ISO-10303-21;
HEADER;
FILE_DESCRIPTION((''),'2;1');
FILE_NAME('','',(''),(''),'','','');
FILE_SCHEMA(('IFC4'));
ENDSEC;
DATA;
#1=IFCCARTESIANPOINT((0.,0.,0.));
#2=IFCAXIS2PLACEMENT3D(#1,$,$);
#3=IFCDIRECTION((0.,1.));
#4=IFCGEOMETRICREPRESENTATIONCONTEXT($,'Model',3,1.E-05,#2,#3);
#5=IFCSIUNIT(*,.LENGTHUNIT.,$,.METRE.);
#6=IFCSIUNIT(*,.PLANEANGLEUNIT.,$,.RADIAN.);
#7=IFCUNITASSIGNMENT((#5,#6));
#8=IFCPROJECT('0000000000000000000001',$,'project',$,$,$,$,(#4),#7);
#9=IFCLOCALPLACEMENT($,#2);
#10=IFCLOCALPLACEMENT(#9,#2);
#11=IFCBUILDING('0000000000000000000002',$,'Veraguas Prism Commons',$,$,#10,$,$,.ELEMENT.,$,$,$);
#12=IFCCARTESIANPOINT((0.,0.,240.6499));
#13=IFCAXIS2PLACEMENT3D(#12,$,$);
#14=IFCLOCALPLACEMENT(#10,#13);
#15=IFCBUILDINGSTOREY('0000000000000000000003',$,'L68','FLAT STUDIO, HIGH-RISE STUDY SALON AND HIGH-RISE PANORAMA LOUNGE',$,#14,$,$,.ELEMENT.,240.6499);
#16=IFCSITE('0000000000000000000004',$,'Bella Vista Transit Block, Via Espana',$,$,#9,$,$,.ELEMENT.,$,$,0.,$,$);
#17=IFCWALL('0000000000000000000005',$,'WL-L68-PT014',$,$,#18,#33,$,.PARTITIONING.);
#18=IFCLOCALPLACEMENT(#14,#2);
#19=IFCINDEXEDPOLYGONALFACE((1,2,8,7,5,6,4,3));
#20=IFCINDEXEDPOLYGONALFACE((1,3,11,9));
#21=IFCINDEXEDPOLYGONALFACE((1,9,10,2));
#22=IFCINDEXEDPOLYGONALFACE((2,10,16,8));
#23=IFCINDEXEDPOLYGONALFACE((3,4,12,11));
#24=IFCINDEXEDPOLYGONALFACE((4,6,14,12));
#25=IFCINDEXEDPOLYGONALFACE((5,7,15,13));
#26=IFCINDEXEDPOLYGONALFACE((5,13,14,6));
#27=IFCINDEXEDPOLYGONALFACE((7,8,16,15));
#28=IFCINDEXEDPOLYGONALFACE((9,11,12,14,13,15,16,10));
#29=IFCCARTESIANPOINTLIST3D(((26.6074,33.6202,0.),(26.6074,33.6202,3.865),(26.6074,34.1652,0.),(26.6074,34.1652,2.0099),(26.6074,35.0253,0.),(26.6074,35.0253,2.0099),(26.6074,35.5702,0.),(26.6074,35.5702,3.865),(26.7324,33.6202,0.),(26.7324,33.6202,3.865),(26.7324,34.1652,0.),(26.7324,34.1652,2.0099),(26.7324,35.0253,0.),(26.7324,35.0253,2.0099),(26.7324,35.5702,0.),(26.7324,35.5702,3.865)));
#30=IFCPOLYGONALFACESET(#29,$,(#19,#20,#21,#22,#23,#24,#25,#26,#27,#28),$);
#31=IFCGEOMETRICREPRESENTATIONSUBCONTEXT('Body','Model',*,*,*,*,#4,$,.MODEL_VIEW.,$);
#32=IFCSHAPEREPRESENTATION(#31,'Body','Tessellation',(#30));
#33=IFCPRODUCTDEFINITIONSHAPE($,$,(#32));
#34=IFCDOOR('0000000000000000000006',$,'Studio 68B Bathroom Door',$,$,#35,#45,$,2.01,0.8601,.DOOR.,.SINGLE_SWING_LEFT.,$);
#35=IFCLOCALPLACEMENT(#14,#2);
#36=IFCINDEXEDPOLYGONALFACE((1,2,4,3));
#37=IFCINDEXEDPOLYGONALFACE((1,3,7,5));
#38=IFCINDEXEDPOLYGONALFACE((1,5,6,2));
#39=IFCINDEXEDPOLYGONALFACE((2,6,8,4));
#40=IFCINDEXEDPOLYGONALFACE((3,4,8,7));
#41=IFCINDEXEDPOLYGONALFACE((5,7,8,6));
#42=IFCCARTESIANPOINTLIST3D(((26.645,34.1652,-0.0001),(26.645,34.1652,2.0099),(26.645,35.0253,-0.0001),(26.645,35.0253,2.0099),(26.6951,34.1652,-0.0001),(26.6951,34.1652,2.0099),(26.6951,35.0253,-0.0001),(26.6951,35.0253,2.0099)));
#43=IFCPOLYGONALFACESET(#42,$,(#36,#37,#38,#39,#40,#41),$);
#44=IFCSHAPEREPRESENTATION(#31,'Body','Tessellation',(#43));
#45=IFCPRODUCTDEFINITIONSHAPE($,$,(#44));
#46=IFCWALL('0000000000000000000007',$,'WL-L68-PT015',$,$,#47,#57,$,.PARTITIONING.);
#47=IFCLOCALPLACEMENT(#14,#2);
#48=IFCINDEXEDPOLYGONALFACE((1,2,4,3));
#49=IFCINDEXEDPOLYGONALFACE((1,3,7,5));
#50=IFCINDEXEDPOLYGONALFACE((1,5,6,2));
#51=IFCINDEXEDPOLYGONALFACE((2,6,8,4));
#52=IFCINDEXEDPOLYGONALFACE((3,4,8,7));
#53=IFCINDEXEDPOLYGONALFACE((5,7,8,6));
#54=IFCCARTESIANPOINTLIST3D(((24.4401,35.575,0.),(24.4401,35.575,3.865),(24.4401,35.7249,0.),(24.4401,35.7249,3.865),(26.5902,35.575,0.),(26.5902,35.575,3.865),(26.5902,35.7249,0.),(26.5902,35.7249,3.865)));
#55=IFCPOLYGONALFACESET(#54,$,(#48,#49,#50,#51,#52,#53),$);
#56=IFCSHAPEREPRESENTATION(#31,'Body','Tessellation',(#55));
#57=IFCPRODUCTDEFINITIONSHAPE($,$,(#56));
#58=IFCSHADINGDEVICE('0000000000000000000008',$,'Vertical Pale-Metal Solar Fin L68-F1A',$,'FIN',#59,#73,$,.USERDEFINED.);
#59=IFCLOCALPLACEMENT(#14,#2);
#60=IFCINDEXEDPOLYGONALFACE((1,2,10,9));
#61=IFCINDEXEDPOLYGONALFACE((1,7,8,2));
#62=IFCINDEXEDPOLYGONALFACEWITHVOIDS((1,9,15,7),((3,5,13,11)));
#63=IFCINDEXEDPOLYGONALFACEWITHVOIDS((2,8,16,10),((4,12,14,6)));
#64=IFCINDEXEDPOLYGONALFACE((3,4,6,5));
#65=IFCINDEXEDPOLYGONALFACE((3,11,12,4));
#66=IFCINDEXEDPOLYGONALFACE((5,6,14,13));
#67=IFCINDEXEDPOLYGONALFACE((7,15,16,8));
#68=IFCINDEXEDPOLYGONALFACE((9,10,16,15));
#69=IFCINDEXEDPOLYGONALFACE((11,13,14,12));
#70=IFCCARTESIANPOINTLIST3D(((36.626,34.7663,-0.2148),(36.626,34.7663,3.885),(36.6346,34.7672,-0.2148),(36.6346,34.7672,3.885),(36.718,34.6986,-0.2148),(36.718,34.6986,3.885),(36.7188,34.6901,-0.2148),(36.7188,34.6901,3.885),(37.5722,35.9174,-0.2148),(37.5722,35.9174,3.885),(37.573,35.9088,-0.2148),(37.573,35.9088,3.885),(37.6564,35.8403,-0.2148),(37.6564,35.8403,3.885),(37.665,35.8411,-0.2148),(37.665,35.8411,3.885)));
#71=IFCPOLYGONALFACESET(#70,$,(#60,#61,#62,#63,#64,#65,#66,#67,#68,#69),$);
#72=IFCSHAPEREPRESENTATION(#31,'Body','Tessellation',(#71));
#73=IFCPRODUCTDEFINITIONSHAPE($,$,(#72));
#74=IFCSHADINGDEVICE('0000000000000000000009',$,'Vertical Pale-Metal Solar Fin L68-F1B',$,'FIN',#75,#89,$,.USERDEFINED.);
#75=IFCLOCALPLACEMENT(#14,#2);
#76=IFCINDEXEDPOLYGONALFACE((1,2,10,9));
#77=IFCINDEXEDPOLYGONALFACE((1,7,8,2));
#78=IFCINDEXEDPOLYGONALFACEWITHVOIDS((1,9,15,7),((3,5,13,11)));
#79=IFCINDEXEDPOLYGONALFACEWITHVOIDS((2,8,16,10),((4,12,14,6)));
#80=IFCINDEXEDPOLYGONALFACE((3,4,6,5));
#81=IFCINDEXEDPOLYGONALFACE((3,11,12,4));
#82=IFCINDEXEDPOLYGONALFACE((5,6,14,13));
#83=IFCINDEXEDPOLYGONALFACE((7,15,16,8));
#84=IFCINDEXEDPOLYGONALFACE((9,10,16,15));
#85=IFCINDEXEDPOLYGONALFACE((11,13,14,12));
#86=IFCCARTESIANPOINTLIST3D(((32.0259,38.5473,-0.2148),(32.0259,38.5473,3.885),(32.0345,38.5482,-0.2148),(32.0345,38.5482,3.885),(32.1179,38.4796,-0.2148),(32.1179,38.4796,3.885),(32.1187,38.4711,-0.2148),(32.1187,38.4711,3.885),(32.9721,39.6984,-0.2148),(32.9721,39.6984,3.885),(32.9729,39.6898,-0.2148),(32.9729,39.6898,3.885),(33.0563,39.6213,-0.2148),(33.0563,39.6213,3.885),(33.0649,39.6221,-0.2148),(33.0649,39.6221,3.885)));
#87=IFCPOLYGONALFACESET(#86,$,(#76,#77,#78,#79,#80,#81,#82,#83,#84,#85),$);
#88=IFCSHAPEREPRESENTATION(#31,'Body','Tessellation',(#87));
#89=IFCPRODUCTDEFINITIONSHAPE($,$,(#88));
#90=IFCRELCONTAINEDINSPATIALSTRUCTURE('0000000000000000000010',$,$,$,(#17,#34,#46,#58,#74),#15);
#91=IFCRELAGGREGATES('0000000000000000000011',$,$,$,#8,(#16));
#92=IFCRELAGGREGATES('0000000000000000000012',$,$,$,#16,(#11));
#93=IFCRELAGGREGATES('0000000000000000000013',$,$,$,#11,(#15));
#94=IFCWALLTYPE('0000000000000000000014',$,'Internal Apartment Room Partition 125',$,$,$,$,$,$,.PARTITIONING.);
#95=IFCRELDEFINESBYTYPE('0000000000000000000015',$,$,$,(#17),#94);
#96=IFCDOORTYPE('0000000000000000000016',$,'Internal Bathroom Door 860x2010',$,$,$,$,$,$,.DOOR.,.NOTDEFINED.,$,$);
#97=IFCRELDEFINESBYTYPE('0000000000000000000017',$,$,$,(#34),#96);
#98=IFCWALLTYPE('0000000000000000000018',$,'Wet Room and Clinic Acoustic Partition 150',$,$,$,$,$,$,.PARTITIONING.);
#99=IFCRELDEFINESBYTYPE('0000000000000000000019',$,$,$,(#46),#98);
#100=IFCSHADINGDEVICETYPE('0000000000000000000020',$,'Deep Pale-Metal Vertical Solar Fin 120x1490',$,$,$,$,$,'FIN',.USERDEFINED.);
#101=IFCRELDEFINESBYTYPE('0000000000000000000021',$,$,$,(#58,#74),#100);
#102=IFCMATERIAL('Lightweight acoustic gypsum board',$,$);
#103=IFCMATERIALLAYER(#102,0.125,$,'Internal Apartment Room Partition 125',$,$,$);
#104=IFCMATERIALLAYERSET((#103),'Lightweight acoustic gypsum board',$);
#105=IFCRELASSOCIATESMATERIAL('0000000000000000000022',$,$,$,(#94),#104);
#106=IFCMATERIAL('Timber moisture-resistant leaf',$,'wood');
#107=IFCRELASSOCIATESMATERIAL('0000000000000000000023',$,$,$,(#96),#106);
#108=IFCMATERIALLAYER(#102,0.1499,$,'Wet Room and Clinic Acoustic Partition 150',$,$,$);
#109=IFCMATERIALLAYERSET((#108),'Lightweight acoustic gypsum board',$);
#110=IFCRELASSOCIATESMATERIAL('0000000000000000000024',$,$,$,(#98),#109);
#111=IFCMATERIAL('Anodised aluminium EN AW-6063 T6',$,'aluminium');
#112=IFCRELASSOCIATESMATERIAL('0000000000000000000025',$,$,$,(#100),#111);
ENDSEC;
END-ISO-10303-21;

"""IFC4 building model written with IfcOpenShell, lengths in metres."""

from ifc_helpers import new_model, si_unit, direction, frame, frame_2d, origin, origin_2d, place, context, subcontext, project, spatial, rectangle, hollow_rectangle, extrude, source, transform, mapped, material, layer, layer_set, material_profile, profile_set, type_object, element, fill, save


model = new_model("IFC4")

# Units and contexts
model_context = context("Model", 3, precision=1e-05, world=origin(), true_north=direction((0.0, 1.0)))
body_context = subcontext(model_context, "Body", "Model", "MODEL_VIEW")
ifc_project = project(units=[si_unit("LENGTHUNIT", "METRE"), si_unit("PLANEANGLEUNIT", "RADIAN")], contexts=[model_context])

# Site, building, storey
site_placement = place(None, origin())
site = spatial("IfcSite", under=ifc_project, at=site_placement, Name="Bella Vista Transit Block, Via Espana", CompositionType="ELEMENT", RefElevation=0.0)
building_placement = place(site_placement, origin())
building = spatial("IfcBuilding", under=site, at=building_placement, Name="Veraguas Prism Commons", CompositionType="ELEMENT")
storey_placement = place(building_placement, frame((0.0, 0.0, 240.6499)))
storey = spatial("IfcBuildingStorey", under=building, at=storey_placement, Name="L68", Description="FLAT STUDIO, HIGH-RISE STUDY SALON AND HIGH-RISE PANORAMA LOUNGE", CompositionType="ELEMENT", Elevation=240.6499)

# Shared definitions
ifc_material_1 = material(Name="Anodised aluminium EN AW-6063 T6", Category="aluminium")

# Wall, opening, door
ifc_material_2 = material(Name="Lightweight acoustic gypsum board")
ifc_layer_1 = layer(ifc_material_2, 0.125, Name="Internal Apartment Room Partition 125")
ifc_layer_set_1 = layer_set([ifc_layer_1], Name="Lightweight acoustic gypsum board")
wall_type_1 = type_object("IfcWallType", Name="Internal Apartment Room Partition 125", PredefinedType="PARTITIONING", material=ifc_layer_set_1)
wall_1_placement = place(storey_placement, frame((26.6699, 33.6201, 0.0), z_axis=(0.0, 0.0, 1.0), x_axis=(0.0, 1.0, 0.0)))
wall_1 = element("IfcWall", 1, at=wall_1_placement, inside=storey, type_object=wall_type_1, Name="WL-L68-PT014", PredefinedType="PARTITIONING", context=body_context, shape_type="SweptSolid", body=[
    extrude(rectangle(XDim=1.95, YDim=0.125, at=frame_2d((0.9751, 0.0))), origin(), (0.0, 0.0, 1.0), 3.865),
])
opening_1_placement = place(wall_1_placement, frame((0.5449, 0.0, 0.0)))
opening_1 = element("IfcOpeningElement", 2, at=opening_1_placement, cuts=wall_1, PredefinedType="OPENING", context=body_context, shape_type="SweptSolid", body=[
    extrude(rectangle(XDim=0.8601, YDim=2.01, at=frame_2d((0.4302, 1.0049))), frame((0.0, 0.0725, 0.0), z_axis=(0.0, -1.0, 0.0), x_axis=(1.0, 0.0, 0.0)), (0.0, 0.0, 1.0), 0.145),
])
ifc_material_3 = material(Name="Timber moisture-resistant leaf", Category="wood")
door_type_1 = type_object("IfcDoorType", Name="Internal Bathroom Door 860x2010", OperationType="NOTDEFINED", PredefinedType="DOOR", material=ifc_material_3)
shared_shape_1 = source(origin(), body_context, "Body", "SweptSolid", [
    extrude(rectangle(XDim=0.8601, YDim=2.01, at=frame_2d((0.4302, 1.0049))), frame((0.0, 0.0249, 0.0), z_axis=(0.0, -1.0, 0.0), x_axis=(1.0, 0.0, 0.0)), (0.0, 0.0, 1.0), 0.05),
])
door_1_placement = place(opening_1_placement, origin())
door_1 = element("IfcDoor", 3, at=door_1_placement, inside=storey, type_object=door_type_1, Name="Studio 68B Bathroom Door", OperationType="SINGLE_SWING_LEFT", OverallHeight=2.01, OverallWidth=0.8601, PredefinedType="DOOR", context=body_context, shape_type="MappedRepresentation", body=[
    mapped(shared_shape_1, transform((0.0, 0.0, 0.0), scale=1.0)),
])
fill(opening_1, door_1)

# Wall
ifc_layer_2 = layer(ifc_material_2, 0.1499, Name="Wet Room and Clinic Acoustic Partition 150")
ifc_layer_set_2 = layer_set([ifc_layer_2], Name="Lightweight acoustic gypsum board")
wall_type_2 = type_object("IfcWallType", Name="Wet Room and Clinic Acoustic Partition 150", PredefinedType="PARTITIONING", material=ifc_layer_set_2)
wall_2_placement = place(storey_placement, frame((24.4399, 35.6499, 0.0), z_axis=(0.0, 0.0, 1.0), x_axis=(1.0, 0.0, 0.0)))
element("IfcWall", 4, at=wall_2_placement, inside=storey, type_object=wall_type_2, Name="WL-L68-PT015", PredefinedType="PARTITIONING", context=body_context, shape_type="SweptSolid", body=[
    extrude(rectangle(XDim=2.1501, YDim=0.1499, at=frame_2d((1.0752, 0.0))), origin(), (0.0, 0.0, 1.0), 3.865),
])

# Shading devices
ifc_material_profile_1 = material_profile(ifc_material_1, hollow_rectangle(XDim=0.1201, YDim=1.49, WallThickness=0.0061, at=origin_2d()), Name="FIN120X1490X6")
ifc_profile_set_1 = profile_set([ifc_material_profile_1], Name="Anodised aluminium EN AW-6063 T6")
shading_device_type = type_object("IfcShadingDeviceType", Name="Deep Pale-Metal Vertical Solar Fin 120x1490", ElementType="FIN", PredefinedType="USERDEFINED", material=ifc_profile_set_1)
for number, where, z_axis, x_axis, name in (
    (5, (37.1455, 35.3037, -0.2148), (0.0, 0.0, 1.0), (-0.772516, 0.634995, 0.0), "Vertical Pale-Metal Solar Fin L68-F1A"),
    (6, (32.5454, 39.0847, -0.2148), (0.0, 0.0, 1.0), (-0.772516, 0.634995, 0.0), "Vertical Pale-Metal Solar Fin L68-F1B"),
):
    element("IfcShadingDevice", number, at=place(storey_placement, frame(where, z_axis=z_axis, x_axis=x_axis)), inside=storey, type_object=shading_device_type, Name=name, ObjectType="FIN", PredefinedType="USERDEFINED", context=body_context, shape_type="SweptSolid", body=[
        extrude(hollow_rectangle(XDim=0.1201, YDim=1.49, WallThickness=0.0061, at=origin_2d()), origin(), (0.0, 0.0, 1.0), 4.0999),
    ])

save(model, "model.ifc")
